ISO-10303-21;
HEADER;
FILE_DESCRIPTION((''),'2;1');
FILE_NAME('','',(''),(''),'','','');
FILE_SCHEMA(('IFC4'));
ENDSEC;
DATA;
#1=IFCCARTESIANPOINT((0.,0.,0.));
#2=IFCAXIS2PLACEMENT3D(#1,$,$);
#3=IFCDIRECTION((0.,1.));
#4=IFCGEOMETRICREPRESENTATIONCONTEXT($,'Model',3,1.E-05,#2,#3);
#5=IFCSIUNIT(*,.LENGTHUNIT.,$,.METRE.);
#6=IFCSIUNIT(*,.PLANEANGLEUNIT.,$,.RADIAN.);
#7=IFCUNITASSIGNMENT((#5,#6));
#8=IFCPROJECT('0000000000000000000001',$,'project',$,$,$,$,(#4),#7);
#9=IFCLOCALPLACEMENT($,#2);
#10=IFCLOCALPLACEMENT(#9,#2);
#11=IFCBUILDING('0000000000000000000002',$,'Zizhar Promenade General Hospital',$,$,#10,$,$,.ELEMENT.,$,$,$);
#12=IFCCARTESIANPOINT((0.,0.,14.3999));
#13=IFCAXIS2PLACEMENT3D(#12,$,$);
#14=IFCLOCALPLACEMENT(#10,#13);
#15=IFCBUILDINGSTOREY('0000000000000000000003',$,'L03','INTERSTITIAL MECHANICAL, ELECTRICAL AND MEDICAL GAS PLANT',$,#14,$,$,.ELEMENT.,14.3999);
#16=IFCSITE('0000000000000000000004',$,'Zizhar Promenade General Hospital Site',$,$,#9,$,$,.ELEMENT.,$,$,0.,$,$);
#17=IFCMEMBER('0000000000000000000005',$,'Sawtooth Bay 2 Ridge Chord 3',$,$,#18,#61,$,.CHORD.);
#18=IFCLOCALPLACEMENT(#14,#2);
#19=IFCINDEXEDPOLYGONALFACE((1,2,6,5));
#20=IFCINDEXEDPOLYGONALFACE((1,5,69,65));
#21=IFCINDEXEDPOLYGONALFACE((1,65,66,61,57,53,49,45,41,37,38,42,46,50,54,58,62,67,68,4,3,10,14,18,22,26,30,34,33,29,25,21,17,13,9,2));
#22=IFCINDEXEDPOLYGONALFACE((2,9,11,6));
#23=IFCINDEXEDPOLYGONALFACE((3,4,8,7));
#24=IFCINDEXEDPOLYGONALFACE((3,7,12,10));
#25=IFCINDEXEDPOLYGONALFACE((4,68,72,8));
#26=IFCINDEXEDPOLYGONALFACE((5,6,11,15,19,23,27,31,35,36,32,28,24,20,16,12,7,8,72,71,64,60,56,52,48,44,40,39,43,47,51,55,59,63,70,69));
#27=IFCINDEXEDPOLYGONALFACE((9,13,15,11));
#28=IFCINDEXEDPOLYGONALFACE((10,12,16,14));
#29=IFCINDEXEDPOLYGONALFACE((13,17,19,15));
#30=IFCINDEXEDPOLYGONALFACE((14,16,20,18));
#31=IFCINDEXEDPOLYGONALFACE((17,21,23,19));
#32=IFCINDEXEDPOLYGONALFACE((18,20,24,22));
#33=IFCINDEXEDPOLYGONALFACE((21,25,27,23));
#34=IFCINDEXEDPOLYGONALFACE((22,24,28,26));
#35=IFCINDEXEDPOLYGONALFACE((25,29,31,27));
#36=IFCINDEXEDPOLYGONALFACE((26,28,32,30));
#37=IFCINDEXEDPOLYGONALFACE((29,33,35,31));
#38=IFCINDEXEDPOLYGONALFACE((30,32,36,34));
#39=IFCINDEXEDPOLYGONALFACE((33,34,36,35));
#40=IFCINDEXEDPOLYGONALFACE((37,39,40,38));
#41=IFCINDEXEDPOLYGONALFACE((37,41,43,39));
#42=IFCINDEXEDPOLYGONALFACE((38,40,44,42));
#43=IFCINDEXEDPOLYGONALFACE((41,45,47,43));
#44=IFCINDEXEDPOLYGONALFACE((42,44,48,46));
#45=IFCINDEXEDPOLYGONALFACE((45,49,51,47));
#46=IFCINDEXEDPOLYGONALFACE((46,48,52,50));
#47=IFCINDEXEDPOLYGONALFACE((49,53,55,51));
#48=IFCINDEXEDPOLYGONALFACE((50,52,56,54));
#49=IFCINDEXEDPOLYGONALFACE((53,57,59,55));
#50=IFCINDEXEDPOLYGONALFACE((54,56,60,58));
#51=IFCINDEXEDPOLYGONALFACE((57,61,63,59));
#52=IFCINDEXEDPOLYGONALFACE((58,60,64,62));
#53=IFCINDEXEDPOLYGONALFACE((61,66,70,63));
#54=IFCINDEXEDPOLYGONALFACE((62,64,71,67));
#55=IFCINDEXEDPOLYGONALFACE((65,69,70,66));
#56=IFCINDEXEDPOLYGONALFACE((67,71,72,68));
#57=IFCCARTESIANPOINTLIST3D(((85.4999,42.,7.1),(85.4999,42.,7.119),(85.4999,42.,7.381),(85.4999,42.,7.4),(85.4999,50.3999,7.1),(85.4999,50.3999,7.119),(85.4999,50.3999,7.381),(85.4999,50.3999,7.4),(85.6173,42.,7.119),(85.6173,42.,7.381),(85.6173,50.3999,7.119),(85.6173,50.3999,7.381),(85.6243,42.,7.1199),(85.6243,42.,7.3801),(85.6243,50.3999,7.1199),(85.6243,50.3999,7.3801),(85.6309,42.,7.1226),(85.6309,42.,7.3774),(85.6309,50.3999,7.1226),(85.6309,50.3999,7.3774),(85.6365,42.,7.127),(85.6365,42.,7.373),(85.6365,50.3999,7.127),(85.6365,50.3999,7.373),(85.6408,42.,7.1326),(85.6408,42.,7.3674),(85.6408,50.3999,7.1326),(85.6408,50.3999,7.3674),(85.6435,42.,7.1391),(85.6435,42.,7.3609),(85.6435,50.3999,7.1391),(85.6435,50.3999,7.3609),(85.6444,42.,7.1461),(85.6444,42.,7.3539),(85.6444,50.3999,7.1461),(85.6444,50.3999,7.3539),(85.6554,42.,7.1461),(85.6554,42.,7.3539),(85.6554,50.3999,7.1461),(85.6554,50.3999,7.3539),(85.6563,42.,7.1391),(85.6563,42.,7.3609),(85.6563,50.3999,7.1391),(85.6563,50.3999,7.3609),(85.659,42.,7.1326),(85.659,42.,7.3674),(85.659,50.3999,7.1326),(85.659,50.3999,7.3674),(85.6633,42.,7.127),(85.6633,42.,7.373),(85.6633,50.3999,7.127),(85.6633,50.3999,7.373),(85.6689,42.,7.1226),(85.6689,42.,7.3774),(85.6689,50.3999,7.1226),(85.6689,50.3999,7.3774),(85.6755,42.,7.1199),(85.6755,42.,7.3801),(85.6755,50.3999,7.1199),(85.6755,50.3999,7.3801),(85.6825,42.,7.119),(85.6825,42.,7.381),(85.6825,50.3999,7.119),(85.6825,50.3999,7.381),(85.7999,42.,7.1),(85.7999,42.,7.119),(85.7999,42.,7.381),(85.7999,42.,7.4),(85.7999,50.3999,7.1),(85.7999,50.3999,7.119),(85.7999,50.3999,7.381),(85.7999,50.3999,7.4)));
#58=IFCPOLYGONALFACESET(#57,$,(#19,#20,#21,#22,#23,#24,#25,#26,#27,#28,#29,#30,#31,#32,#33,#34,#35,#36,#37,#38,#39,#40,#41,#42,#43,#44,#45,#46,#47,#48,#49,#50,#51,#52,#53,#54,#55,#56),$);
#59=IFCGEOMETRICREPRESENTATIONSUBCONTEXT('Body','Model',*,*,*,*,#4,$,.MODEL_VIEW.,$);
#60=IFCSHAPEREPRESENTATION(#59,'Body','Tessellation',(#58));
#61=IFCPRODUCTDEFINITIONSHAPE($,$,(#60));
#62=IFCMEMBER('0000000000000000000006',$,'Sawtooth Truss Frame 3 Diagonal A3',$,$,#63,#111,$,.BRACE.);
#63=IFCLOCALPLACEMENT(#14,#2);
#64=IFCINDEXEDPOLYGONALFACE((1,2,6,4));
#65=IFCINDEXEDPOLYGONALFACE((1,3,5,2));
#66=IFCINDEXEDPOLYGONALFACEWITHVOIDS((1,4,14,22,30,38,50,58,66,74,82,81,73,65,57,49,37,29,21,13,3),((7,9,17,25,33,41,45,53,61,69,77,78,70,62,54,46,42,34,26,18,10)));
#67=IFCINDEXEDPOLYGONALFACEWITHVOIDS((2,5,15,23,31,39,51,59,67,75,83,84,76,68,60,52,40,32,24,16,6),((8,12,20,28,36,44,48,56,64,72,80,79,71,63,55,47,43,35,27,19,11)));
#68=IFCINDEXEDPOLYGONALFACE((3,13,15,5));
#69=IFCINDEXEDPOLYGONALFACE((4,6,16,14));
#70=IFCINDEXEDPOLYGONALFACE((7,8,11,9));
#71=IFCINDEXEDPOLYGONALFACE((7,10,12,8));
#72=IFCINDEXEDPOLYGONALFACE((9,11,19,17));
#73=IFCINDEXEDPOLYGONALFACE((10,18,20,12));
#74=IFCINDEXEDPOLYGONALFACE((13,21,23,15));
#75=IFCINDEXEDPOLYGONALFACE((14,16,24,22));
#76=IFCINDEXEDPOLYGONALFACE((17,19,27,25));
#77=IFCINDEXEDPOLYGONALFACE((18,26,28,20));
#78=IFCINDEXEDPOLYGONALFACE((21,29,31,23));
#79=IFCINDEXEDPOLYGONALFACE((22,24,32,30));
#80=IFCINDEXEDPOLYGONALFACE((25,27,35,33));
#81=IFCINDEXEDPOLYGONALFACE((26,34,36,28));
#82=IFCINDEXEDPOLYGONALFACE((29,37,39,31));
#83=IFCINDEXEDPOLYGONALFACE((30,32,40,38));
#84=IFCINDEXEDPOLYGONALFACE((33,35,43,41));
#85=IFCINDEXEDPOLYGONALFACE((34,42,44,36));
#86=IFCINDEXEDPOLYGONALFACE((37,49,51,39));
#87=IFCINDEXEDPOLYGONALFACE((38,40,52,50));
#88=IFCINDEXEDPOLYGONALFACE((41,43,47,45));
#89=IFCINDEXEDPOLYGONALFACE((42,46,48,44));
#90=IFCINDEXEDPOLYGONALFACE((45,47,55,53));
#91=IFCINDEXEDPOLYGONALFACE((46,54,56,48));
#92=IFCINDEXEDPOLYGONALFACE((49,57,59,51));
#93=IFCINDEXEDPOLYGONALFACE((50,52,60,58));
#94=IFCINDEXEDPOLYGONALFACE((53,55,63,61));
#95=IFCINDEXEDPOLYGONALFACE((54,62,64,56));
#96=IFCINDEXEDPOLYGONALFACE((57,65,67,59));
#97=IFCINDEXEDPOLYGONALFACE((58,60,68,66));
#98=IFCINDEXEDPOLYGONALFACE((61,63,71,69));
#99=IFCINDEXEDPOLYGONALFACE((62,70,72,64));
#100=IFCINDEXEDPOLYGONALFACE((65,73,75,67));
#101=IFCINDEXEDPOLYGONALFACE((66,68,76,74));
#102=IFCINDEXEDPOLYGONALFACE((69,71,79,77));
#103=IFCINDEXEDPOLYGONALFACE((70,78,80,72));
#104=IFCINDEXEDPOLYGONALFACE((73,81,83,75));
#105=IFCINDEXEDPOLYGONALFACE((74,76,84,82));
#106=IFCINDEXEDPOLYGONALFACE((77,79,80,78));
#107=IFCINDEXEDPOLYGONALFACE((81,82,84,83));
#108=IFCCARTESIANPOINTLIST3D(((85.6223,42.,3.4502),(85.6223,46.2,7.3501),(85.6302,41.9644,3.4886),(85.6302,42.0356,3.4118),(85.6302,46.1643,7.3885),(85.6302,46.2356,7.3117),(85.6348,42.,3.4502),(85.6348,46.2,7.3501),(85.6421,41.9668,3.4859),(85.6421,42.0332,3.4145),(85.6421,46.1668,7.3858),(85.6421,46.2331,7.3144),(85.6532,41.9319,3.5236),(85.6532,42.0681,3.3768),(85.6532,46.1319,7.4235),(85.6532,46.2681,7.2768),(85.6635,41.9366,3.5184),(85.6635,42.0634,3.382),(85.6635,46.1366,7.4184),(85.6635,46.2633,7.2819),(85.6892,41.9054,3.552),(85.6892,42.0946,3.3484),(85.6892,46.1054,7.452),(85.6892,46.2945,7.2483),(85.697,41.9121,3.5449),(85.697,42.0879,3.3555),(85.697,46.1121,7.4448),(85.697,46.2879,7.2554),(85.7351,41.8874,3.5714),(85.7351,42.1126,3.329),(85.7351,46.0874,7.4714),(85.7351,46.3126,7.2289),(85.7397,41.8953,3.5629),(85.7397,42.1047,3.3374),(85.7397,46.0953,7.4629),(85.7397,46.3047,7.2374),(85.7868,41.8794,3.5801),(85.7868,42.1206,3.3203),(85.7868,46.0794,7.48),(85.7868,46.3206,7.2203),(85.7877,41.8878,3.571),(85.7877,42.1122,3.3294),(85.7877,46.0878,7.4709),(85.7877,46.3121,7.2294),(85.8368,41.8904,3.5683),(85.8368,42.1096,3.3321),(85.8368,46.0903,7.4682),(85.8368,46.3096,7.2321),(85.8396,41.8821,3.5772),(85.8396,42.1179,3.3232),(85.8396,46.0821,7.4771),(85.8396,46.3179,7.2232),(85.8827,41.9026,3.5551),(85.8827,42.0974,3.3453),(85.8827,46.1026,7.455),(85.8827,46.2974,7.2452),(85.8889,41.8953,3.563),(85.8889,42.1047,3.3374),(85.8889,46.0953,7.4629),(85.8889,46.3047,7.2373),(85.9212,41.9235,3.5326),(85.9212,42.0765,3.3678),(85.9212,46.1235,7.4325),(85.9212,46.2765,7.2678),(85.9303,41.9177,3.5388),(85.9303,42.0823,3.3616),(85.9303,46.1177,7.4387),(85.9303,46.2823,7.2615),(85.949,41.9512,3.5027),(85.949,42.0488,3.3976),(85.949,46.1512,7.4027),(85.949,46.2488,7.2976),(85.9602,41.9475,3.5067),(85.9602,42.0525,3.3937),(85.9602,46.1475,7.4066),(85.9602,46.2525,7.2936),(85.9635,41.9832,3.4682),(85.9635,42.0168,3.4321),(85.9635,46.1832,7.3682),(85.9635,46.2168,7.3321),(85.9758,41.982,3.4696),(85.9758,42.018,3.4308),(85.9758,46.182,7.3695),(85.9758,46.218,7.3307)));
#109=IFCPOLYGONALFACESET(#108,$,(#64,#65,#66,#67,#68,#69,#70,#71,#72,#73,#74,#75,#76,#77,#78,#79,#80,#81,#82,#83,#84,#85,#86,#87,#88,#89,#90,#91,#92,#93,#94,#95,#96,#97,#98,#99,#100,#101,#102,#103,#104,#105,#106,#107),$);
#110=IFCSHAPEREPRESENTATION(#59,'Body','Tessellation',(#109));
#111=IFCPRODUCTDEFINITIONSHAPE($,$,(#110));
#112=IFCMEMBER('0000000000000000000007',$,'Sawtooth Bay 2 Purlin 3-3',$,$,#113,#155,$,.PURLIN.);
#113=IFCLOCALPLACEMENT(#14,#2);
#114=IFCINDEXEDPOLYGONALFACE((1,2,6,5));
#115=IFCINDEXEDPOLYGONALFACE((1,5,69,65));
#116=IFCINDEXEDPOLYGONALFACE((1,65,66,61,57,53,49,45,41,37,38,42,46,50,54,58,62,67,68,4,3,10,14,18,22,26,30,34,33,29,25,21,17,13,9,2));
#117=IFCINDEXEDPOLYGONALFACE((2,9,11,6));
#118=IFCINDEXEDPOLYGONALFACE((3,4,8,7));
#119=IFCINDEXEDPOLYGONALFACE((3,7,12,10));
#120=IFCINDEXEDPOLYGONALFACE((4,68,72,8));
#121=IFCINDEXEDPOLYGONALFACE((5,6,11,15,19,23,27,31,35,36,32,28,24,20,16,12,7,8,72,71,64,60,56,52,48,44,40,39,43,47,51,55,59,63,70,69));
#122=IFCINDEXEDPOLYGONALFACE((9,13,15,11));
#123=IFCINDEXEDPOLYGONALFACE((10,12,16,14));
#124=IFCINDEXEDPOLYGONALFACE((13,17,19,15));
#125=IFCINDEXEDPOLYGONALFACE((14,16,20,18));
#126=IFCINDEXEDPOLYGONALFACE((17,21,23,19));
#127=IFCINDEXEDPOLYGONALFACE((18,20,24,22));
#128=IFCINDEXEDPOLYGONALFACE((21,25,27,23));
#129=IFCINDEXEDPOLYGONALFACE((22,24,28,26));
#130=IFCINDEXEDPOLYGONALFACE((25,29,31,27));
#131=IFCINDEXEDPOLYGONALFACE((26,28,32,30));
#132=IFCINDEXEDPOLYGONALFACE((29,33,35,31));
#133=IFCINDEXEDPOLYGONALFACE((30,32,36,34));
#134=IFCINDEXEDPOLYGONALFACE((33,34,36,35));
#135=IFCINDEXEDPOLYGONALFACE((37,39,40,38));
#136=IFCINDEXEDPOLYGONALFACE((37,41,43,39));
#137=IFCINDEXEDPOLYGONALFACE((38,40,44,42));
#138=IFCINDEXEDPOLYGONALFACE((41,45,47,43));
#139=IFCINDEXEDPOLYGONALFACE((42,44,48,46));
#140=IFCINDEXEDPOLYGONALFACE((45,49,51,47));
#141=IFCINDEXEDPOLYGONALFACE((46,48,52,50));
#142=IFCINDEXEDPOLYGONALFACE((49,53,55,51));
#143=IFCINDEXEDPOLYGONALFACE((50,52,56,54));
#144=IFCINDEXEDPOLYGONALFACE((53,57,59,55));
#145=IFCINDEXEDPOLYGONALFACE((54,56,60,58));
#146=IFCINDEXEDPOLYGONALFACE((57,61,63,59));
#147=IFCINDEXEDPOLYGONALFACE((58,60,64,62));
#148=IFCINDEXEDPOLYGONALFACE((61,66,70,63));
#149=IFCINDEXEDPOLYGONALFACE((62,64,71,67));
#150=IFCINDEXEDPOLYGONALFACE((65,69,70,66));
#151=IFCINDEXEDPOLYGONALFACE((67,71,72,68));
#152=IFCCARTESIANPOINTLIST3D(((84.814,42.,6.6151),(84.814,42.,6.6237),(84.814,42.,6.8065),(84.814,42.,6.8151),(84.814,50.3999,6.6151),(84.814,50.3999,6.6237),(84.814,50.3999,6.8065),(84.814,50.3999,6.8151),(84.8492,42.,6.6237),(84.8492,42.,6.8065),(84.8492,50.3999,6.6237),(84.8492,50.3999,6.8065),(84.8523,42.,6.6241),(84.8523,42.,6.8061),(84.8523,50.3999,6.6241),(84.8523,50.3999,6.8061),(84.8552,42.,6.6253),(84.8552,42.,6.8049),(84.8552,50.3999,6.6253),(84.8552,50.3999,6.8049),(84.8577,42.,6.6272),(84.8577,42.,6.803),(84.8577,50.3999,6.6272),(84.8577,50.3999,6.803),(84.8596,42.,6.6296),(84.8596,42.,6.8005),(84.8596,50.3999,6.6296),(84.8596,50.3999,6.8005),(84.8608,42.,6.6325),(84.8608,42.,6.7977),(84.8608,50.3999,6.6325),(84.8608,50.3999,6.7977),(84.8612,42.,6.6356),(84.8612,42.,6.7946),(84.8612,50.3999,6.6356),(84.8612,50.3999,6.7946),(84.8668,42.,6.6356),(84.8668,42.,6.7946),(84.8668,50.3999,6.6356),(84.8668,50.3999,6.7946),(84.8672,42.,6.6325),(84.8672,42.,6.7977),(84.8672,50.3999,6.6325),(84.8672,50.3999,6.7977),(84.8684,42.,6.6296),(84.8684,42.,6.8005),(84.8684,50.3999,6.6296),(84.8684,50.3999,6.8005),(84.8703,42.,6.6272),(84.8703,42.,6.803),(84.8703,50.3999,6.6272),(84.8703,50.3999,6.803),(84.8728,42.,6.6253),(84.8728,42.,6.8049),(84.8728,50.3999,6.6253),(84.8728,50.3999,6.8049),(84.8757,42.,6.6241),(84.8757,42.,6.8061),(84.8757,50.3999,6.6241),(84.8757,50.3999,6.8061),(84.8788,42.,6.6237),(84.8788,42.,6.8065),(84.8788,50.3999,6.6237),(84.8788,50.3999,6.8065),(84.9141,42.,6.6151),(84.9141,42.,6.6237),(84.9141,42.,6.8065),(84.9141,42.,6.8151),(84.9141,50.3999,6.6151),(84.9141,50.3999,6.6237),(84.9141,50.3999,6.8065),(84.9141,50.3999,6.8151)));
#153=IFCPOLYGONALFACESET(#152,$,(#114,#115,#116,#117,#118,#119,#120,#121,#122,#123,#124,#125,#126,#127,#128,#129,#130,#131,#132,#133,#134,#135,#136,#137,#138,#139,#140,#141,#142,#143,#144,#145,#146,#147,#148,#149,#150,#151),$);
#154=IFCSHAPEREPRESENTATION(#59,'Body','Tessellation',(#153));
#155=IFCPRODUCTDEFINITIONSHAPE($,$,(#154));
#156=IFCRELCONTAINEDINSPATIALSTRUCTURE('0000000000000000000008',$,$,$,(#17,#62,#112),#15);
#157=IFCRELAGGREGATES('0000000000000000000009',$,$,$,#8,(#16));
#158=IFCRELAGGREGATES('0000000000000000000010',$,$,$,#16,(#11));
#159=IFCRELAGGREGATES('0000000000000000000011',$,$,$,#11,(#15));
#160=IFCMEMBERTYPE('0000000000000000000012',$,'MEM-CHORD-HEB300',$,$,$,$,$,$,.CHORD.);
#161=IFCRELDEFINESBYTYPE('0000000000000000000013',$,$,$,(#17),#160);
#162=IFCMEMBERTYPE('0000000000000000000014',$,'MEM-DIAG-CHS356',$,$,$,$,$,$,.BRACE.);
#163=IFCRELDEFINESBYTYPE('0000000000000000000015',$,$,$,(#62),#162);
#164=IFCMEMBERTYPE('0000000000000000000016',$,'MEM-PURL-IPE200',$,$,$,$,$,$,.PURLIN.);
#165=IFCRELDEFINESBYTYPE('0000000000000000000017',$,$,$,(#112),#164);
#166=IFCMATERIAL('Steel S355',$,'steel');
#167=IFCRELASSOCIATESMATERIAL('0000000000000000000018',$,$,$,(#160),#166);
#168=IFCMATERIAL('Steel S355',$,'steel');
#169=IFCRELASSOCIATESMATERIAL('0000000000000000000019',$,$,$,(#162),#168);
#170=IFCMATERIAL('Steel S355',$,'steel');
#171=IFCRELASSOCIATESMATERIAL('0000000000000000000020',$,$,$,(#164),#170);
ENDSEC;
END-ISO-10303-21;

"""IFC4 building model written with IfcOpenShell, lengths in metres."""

from ifc_helpers import new_model, si_unit, direction, frame, origin, origin_2d, place, context, subcontext, project, spatial, hollow_circle, i_section, extrude, material, material_profile, profile_set, type_object, element, save


model = new_model("IFC4")

# Units and contexts
model_context = context("Model", 3, precision=1e-05, world=origin(), true_north=direction((0.0, 1.0)))
body_context = subcontext(model_context, "Body", "Model", "MODEL_VIEW")
ifc_project = project(units=[si_unit("LENGTHUNIT", "METRE"), si_unit("PLANEANGLEUNIT", "RADIAN")], contexts=[model_context])

# Site, building, storey
site_placement = place(None, origin())
site = spatial("IfcSite", under=ifc_project, at=site_placement, Name="Zizhar Promenade General Hospital Site", CompositionType="ELEMENT", RefElevation=0.0)
building_placement = place(site_placement, origin())
building = spatial("IfcBuilding", under=site, at=building_placement, Name="Zizhar Promenade General Hospital", CompositionType="ELEMENT")
storey_placement = place(building_placement, frame((0.0, 0.0, 14.3999)))
storey = spatial("IfcBuildingStorey", under=building, at=storey_placement, Name="L03", Description="INTERSTITIAL MECHANICAL, ELECTRICAL AND MEDICAL GAS PLANT", CompositionType="ELEMENT", Elevation=14.3999)

# Members
ifc_material_1 = material(Name="Steel S355", Category="steel")
ifc_material_profile_1 = material_profile(ifc_material_1, i_section(OverallWidth=0.3, OverallDepth=0.3, WebThickness=0.011, FlangeThickness=0.019, FilletRadius=0.0271, at=origin_2d()))
ifc_profile_set_1 = profile_set([ifc_material_profile_1], Name="Steel S355")
member_type_1 = type_object("IfcMemberType", Name="MEM-CHORD-HEB300", PredefinedType="CHORD", material=ifc_profile_set_1)
member_1_placement = place(storey_placement, frame((85.6499, 42.0, 7.25), z_axis=(0.0, 1.0, 0.0), x_axis=(-1.0, 0.0, 0.0)))
element("IfcMember", 1, at=member_1_placement, inside=storey, type_object=member_type_1, Name="Sawtooth Bay 2 Ridge Chord 3", PredefinedType="CHORD", context=body_context, shape_type="SweptSolid", body=[
    extrude(i_section(OverallWidth=0.3, OverallDepth=0.3, WebThickness=0.011, FlangeThickness=0.019, FilletRadius=0.0271, at=origin_2d()), origin(), (0.0, 0.0, 1.0), 8.3999),
])
ifc_material_2 = material(Name="Steel S355", Category="steel")
ifc_material_profile_2 = material_profile(ifc_material_2, hollow_circle(Radius=0.1777, WallThickness=0.0125, at=origin_2d()))
ifc_profile_set_2 = profile_set([ifc_material_profile_2], Name="Steel S355")
member_type_2 = type_object("IfcMemberType", Name="MEM-DIAG-CHS356", PredefinedType="BRACE", material=ifc_profile_set_2)
member_2_placement = place(storey_placement, frame((85.8, 42.0, 3.4502), z_axis=(0.0, 0.732798, 0.680446), x_axis=(-1.0, 0.0, 0.0)))
element("IfcMember", 2, at=member_2_placement, inside=storey, type_object=member_type_2, Name="Sawtooth Truss Frame 3 Diagonal A3", PredefinedType="BRACE", context=body_context, shape_type="SweptSolid", body=[
    extrude(hollow_circle(Radius=0.1777, WallThickness=0.0125, at=origin_2d()), origin(), (0.0, 0.0, 1.0), 5.7314),
])
ifc_material_3 = material(Name="Steel S355", Category="steel")
ifc_material_profile_3 = material_profile(ifc_material_3, i_section(OverallWidth=0.1001, OverallDepth=0.2, WebThickness=0.0056, FlangeThickness=0.0085, FilletRadius=0.012, at=origin_2d()))
ifc_profile_set_3 = profile_set([ifc_material_profile_3], Name="Steel S355")
member_type_3 = type_object("IfcMemberType", Name="MEM-PURL-IPE200", PredefinedType="PURLIN", material=ifc_profile_set_3)
member_3_placement = place(storey_placement, frame((84.864, 42.0, 6.7151), z_axis=(0.0, 1.0, 0.0), x_axis=(-1.0, 0.0, 0.0)))
element("IfcMember", 3, at=member_3_placement, inside=storey, type_object=member_type_3, Name="Sawtooth Bay 2 Purlin 3-3", PredefinedType="PURLIN", context=body_context, shape_type="SweptSolid", body=[
    extrude(i_section(OverallWidth=0.1001, OverallDepth=0.2, WebThickness=0.0056, FlangeThickness=0.0085, FilletRadius=0.012, at=origin_2d()), origin(), (0.0, 0.0, 1.0), 8.3999),
])

save(model, "model.ifc")
